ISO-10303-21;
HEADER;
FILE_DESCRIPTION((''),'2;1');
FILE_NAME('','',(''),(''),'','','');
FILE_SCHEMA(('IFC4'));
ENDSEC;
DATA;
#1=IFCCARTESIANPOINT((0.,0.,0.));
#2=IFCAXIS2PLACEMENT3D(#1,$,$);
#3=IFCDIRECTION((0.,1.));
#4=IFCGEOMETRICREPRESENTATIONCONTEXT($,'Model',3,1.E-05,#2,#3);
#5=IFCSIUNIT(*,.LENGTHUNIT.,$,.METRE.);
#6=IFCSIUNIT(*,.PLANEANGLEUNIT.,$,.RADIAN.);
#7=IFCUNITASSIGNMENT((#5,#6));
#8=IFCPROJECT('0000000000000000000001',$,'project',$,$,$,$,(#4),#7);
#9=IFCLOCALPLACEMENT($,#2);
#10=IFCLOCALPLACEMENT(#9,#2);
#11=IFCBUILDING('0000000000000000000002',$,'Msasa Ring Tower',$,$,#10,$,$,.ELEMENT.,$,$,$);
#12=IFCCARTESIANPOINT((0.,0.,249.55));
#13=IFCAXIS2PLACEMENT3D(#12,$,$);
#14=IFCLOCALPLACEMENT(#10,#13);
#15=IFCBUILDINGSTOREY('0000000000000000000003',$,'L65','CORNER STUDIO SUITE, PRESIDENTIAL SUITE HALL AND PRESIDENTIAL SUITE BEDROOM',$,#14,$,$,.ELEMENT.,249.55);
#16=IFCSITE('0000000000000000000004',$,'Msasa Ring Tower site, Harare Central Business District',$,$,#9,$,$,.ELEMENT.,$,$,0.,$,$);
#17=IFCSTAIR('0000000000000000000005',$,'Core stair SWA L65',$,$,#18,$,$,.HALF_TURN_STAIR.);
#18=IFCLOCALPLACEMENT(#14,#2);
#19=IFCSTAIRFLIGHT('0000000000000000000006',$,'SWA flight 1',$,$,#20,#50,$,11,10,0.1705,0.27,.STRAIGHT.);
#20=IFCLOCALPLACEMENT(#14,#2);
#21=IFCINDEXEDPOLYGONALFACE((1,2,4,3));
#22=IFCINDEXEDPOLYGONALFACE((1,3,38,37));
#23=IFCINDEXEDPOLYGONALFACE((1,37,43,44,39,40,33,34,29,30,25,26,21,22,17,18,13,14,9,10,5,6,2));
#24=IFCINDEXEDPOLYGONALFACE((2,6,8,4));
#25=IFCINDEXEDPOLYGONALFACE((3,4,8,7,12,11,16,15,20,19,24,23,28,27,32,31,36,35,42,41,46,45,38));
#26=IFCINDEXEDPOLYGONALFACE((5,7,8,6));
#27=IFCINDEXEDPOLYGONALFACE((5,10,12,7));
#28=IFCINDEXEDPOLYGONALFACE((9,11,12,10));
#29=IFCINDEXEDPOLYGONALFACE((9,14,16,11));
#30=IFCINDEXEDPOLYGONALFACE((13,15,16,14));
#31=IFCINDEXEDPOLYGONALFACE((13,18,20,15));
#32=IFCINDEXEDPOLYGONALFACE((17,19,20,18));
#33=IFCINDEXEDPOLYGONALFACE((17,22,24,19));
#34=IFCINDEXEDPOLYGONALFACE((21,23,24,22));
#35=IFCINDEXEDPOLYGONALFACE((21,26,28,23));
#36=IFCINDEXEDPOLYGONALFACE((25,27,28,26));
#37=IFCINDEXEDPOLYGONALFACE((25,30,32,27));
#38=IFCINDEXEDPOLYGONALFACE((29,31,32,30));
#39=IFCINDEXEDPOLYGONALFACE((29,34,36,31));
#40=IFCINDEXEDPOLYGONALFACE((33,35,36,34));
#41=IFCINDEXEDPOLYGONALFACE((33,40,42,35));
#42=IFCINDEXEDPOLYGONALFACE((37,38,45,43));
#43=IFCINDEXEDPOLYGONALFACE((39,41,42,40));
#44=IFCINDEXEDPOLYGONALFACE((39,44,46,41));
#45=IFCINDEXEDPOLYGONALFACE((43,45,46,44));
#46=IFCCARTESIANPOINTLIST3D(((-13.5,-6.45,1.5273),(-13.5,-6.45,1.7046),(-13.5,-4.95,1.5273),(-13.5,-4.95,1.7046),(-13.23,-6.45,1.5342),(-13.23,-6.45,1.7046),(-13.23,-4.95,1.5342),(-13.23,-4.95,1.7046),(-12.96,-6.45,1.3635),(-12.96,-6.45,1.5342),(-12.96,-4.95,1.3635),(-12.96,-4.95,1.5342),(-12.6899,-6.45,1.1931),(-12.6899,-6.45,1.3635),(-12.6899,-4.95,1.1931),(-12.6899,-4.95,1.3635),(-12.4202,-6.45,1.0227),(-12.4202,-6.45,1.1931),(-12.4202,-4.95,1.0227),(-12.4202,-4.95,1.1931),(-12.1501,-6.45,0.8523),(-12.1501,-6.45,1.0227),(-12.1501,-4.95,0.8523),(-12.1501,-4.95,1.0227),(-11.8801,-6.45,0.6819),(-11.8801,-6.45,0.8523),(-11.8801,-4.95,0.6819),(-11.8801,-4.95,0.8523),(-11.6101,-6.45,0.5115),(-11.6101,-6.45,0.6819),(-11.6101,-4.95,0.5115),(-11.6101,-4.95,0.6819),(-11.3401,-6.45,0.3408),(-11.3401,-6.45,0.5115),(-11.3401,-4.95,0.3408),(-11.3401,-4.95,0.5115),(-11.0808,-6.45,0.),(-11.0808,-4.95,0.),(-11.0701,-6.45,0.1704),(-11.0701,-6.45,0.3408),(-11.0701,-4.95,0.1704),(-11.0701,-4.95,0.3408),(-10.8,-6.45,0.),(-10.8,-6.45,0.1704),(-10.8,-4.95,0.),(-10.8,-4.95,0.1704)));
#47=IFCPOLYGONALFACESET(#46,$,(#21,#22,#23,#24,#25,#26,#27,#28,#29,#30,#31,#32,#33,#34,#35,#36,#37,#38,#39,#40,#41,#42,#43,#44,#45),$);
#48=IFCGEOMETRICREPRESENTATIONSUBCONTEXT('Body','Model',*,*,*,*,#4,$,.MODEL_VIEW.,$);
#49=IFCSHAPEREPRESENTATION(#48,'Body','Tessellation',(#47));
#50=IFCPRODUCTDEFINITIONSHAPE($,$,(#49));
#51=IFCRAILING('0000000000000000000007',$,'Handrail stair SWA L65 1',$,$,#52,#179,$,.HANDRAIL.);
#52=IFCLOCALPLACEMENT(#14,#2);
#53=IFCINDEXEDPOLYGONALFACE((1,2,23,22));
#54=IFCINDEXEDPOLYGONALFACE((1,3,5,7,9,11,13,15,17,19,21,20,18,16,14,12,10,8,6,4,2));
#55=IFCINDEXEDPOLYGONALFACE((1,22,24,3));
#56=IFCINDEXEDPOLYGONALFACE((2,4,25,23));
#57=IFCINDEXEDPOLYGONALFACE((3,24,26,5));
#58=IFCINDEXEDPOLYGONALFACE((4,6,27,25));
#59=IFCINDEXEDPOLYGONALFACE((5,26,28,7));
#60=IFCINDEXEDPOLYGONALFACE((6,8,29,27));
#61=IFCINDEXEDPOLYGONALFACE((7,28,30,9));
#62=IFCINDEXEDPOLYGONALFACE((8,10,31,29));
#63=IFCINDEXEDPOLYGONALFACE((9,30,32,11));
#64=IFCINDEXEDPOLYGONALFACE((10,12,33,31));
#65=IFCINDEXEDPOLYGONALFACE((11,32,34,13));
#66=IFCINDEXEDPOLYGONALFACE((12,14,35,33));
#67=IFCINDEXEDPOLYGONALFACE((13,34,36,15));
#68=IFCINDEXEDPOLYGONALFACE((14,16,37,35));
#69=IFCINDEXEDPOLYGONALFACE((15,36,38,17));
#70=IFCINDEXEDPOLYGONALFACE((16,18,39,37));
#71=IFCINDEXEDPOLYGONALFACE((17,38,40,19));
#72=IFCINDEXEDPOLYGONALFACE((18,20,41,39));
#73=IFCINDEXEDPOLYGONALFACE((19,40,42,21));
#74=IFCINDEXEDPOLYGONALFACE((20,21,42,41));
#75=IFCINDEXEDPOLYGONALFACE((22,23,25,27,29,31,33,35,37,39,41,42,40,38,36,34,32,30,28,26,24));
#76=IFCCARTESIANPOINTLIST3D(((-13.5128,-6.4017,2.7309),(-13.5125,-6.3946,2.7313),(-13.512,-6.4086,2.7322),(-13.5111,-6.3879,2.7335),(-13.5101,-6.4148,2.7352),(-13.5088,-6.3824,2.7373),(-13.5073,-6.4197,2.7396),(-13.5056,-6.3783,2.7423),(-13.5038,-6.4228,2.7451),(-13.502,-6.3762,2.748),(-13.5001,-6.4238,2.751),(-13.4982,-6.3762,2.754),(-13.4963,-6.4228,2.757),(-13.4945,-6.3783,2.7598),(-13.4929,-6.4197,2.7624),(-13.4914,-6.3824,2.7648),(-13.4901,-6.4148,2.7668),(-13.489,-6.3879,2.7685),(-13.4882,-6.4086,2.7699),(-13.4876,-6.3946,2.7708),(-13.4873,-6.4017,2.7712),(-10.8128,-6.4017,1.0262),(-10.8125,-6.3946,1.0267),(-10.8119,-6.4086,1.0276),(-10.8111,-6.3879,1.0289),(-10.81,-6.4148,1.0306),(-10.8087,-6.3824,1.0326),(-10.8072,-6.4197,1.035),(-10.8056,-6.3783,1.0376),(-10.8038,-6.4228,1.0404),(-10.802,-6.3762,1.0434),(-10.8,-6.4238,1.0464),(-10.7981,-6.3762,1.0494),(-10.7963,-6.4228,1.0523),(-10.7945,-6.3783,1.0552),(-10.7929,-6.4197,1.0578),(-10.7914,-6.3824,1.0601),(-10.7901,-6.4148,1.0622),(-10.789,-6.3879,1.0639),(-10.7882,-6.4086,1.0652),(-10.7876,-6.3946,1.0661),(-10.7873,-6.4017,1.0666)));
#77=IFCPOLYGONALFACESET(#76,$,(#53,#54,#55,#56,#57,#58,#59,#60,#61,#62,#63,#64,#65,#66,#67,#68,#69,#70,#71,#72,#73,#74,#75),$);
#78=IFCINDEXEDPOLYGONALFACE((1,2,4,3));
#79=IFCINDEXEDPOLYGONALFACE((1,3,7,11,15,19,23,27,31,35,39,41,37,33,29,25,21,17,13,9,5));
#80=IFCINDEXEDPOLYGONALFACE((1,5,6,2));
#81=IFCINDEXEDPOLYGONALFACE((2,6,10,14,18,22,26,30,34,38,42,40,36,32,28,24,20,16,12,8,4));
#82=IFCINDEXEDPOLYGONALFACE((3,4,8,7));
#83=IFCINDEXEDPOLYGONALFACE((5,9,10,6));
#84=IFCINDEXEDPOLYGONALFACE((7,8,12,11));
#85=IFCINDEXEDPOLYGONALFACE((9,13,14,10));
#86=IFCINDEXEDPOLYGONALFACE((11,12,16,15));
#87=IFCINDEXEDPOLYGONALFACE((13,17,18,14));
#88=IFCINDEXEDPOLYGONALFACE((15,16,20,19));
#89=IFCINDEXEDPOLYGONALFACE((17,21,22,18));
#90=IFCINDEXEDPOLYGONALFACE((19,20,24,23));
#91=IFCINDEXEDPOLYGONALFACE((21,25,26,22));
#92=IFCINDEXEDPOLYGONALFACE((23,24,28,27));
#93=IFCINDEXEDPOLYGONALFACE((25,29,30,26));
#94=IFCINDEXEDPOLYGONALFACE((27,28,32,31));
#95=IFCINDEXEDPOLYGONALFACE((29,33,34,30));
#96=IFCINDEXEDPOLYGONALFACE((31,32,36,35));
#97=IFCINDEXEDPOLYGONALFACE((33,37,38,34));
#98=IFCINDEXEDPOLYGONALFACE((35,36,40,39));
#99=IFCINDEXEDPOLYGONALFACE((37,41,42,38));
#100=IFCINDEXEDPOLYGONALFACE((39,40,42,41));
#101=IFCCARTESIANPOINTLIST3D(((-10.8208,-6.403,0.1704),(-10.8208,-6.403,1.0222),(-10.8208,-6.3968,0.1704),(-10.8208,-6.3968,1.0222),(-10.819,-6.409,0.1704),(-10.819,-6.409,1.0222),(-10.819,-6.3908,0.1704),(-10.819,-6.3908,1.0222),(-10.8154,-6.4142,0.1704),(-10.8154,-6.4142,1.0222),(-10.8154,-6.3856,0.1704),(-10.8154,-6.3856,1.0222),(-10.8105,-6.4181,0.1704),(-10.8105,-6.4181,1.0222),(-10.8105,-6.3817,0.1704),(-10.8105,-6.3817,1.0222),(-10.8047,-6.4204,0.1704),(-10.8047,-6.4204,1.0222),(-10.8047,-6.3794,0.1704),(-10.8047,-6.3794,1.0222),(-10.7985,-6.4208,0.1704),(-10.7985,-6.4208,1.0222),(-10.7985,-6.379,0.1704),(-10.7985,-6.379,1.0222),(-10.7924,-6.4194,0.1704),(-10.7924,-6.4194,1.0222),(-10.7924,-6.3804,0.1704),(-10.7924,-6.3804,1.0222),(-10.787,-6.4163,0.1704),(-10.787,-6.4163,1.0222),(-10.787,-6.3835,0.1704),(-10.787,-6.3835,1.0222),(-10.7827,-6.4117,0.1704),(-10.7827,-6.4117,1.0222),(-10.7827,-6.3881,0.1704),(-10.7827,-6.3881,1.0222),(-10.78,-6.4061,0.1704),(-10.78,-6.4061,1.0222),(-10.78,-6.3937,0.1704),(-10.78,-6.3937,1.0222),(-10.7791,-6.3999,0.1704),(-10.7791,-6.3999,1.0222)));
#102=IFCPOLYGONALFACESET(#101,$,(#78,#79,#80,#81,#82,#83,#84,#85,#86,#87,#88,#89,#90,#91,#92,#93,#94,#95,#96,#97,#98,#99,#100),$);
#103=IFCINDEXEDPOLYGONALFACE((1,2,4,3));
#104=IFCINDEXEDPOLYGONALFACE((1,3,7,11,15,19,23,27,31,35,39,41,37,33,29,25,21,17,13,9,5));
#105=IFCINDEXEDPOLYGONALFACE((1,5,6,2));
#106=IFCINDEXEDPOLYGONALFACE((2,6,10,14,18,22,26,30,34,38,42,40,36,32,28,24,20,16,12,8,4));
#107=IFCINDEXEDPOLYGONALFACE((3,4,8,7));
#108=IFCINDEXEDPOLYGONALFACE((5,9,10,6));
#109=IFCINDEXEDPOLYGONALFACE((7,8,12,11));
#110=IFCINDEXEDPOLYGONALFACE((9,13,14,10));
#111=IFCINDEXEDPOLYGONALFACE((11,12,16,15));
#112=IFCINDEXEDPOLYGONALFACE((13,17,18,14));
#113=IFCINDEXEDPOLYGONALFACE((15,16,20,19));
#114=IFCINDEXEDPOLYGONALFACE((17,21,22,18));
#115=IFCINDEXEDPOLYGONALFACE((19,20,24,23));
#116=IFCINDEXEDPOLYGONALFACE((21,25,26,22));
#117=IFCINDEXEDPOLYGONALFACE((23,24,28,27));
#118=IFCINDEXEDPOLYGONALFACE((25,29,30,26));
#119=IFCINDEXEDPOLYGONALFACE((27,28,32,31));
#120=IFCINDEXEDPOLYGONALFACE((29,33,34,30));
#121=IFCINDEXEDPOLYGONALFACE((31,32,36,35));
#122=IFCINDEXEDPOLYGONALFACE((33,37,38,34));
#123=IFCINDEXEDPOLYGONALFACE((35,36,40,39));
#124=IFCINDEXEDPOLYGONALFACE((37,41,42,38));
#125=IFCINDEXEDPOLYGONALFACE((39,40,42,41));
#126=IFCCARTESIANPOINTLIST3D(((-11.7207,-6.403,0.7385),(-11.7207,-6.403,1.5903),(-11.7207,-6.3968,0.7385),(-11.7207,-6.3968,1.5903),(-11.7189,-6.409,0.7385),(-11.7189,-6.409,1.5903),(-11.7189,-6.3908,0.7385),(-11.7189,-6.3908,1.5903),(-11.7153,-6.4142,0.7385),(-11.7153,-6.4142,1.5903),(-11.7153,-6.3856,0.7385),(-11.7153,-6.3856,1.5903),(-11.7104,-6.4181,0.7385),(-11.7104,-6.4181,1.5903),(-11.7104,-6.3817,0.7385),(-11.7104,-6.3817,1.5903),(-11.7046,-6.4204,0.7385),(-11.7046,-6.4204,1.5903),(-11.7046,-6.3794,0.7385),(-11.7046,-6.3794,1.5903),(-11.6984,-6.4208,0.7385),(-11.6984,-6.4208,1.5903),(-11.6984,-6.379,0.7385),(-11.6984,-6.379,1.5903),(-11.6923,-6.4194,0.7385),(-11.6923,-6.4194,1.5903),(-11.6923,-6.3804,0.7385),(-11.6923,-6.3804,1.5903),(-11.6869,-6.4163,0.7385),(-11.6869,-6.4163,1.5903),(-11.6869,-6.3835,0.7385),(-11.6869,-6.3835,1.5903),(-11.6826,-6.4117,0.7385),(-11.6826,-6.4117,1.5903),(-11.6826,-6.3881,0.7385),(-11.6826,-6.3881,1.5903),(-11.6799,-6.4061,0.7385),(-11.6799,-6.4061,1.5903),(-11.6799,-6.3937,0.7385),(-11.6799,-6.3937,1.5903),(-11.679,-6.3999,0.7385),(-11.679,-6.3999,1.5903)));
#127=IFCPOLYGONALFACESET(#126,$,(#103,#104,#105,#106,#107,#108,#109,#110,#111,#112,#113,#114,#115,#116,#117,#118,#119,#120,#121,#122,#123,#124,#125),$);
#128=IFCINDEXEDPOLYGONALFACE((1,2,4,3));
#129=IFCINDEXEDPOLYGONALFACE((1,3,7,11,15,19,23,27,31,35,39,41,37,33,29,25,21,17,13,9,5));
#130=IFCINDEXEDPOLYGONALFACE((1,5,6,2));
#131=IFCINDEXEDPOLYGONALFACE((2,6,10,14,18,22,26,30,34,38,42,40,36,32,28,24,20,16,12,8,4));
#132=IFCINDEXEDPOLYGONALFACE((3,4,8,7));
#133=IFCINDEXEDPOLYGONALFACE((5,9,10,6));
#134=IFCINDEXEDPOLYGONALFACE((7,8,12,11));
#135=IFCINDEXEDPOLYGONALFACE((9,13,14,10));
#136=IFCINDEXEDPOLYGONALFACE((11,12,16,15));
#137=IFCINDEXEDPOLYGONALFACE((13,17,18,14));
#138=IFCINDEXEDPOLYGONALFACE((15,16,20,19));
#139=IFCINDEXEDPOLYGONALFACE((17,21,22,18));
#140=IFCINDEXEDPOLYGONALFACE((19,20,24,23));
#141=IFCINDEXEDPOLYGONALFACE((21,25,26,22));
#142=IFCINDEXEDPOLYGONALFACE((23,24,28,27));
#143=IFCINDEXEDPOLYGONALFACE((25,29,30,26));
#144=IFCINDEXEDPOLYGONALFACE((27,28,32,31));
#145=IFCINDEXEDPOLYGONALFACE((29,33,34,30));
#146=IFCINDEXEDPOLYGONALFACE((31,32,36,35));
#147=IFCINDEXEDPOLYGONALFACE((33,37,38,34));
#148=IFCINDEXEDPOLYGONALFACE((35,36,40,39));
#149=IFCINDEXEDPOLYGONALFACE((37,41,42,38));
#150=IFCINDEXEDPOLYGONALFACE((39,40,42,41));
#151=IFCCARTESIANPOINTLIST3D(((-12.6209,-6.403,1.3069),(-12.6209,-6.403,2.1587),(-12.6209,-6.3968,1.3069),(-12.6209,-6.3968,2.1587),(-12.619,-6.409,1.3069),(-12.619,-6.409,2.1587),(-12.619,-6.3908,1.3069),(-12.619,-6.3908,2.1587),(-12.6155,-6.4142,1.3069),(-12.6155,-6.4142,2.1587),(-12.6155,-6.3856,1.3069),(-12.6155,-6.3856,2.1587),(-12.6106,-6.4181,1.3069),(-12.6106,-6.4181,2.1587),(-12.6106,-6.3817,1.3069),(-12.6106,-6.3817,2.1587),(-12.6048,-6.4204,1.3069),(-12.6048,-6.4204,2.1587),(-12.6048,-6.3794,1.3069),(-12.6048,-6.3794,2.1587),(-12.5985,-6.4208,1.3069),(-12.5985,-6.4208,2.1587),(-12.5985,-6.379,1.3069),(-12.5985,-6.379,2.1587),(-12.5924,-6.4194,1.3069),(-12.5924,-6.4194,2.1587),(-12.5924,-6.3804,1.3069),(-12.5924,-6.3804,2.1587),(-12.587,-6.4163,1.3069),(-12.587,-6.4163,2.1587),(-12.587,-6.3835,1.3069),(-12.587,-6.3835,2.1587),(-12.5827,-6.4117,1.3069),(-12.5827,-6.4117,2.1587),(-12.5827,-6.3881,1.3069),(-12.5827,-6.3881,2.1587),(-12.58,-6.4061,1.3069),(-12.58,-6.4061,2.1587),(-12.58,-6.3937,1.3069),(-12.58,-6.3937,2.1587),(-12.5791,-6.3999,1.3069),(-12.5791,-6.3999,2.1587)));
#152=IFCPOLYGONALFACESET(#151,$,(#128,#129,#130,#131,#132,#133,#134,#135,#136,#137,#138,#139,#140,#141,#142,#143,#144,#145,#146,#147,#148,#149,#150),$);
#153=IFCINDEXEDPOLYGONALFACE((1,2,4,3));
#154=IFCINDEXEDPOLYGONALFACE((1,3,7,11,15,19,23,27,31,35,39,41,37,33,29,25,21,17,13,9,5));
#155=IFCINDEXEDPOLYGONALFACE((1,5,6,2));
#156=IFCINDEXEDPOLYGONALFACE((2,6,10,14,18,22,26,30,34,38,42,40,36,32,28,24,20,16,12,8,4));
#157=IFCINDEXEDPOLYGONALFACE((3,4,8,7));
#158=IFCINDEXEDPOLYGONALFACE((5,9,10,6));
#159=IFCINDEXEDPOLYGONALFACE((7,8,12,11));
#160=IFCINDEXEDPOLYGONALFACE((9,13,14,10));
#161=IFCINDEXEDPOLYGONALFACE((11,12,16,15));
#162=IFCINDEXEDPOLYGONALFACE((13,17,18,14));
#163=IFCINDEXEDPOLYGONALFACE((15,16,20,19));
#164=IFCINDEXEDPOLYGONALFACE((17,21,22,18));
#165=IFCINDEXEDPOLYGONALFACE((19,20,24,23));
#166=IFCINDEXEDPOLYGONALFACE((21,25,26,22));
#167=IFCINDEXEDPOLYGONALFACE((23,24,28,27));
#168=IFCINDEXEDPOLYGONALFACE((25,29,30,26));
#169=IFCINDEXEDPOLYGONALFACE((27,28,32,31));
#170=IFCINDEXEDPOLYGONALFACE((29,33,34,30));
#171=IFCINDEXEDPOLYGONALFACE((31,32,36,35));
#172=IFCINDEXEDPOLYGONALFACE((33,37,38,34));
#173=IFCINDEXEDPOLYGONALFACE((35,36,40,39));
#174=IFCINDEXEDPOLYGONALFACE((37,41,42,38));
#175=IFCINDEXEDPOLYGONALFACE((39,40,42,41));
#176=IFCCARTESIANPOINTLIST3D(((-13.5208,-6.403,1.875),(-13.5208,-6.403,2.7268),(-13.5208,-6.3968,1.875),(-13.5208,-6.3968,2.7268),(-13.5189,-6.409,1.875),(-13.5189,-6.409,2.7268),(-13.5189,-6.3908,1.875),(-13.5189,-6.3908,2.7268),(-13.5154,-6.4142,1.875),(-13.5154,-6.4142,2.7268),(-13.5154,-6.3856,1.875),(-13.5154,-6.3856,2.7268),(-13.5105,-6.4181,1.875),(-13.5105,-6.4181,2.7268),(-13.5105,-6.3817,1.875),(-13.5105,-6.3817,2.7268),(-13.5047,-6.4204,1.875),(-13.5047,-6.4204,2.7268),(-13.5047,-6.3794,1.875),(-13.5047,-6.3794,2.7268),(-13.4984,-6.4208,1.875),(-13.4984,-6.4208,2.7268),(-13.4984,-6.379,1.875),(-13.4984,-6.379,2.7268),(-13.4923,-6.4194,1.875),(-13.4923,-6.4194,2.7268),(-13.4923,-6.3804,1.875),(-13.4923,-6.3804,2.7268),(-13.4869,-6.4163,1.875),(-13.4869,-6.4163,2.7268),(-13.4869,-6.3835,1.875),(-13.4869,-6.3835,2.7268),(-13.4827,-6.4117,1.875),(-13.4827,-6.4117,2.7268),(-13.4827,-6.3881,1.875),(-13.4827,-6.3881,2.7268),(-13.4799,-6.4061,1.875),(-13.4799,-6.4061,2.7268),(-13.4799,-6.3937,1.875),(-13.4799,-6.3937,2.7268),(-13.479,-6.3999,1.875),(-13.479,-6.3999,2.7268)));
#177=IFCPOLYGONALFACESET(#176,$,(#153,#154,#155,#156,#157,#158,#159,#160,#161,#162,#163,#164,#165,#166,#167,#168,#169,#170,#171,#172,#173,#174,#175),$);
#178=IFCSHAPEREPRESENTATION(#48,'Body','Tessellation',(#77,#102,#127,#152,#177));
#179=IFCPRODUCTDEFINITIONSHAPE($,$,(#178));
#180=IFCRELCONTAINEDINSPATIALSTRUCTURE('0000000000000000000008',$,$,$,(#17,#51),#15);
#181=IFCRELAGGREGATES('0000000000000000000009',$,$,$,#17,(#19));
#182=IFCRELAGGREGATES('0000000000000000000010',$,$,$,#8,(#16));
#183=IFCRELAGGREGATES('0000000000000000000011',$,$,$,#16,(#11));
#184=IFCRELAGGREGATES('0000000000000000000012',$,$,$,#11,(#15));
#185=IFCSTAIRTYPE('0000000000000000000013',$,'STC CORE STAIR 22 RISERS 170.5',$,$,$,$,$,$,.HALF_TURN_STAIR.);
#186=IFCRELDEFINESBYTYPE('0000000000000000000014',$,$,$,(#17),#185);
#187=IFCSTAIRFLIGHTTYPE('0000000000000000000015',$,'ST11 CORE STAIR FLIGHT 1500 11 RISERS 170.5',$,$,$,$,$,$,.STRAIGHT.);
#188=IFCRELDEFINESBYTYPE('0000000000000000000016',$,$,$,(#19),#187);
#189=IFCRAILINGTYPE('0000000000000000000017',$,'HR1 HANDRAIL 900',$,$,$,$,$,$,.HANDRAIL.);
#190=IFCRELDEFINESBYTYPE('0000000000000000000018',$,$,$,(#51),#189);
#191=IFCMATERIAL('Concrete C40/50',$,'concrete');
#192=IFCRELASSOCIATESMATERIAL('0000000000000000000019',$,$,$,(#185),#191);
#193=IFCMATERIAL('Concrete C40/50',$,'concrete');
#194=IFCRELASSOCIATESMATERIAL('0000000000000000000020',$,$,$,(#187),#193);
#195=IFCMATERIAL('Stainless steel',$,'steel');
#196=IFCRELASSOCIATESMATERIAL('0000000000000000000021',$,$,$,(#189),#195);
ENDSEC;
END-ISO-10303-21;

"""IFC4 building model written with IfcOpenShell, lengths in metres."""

from ifc_helpers import new_model, si_unit, direction, frame, origin, origin_2d, place, context, subcontext, project, spatial, polyline, circle, outline, extrude, material, type_object, element, aggregate, save


model = new_model("IFC4")

# Units and contexts
model_context = context("Model", 3, precision=1e-05, world=origin(), true_north=direction((0.0, 1.0)))
body_context = subcontext(model_context, "Body", "Model", "MODEL_VIEW")
ifc_project = project(units=[si_unit("LENGTHUNIT", "METRE"), si_unit("PLANEANGLEUNIT", "RADIAN")], contexts=[model_context])

# Site, building, storey
site_placement = place(None, origin())
site = spatial("IfcSite", under=ifc_project, at=site_placement, Name="Msasa Ring Tower site, Harare Central Business District", CompositionType="ELEMENT", RefElevation=0.0)
building_placement = place(site_placement, origin())
building = spatial("IfcBuilding", under=site, at=building_placement, Name="Msasa Ring Tower", CompositionType="ELEMENT")
storey_placement = place(building_placement, frame((0.0, 0.0, 249.55)))
storey = spatial("IfcBuildingStorey", under=building, at=storey_placement, Name="L65", Description="CORNER STUDIO SUITE, PRESIDENTIAL SUITE HALL AND PRESIDENTIAL SUITE BEDROOM", CompositionType="ELEMENT", Elevation=249.55)

# Stair, stair flight
ifc_material_1 = material(Name="Concrete C40/50", Category="concrete")
stair_type = type_object("IfcStairType", Name="STC CORE STAIR 22 RISERS 170.5", PredefinedType="HALF_TURN_STAIR", material=ifc_material_1)
stair_placement = place(storey_placement, origin())
stair = element("IfcStair", 1, at=stair_placement, inside=storey, type_object=stair_type, Name="Core stair SWA L65", PredefinedType="HALF_TURN_STAIR")
ifc_material_2 = material(Name="Concrete C40/50", Category="concrete")
stair_flight_type = type_object("IfcStairFlightType", Name="ST11 CORE STAIR FLIGHT 1500 11 RISERS 170.5", PredefinedType="STRAIGHT", material=ifc_material_2)
stair_flight_placement = place(storey_placement, frame((-10.8, -5.7, 0.0), z_axis=(0.0, 0.0, 1.0), x_axis=(-1.0, 0.0, 0.0)))
stair_flight = element("IfcStairFlight", 2, at=stair_flight_placement, type_object=stair_flight_type, Name="SWA flight 1", NumberOfRisers=11, NumberOfTreads=10, PredefinedType="STRAIGHT", RiserHeight=0.1705, TreadLength=0.27, context=body_context, shape_type="SweptSolid", body=[
    extrude(outline(polyline([(0.0, 0.0), (0.0, 0.1704), (0.27, 0.1704), (0.27, 0.3408), (0.54, 0.3408), (0.54, 0.5115), (0.8101, 0.5115), (0.8101, 0.6819), (1.0801, 0.6819), (1.0801, 0.8523), (1.3501, 0.8523), (1.3501, 1.0227), (1.6201, 1.0227), (1.6201, 1.1931), (1.8899, 1.1931), (1.8899, 1.3635), (2.1599, 1.3635), (2.1599, 1.5342), (2.4299, 1.5342), (2.4299, 1.7046), (2.7, 1.7046), (2.7, 1.875), (2.7, 1.5273), (0.2808, 0.0), (0.0, 0.0)])), frame((0.0, 0.75, 0.0), z_axis=(0.0, -1.0, 0.0), x_axis=(1.0, 0.0, 0.0)), (0.0, 0.0, 1.0), 1.5),
])
aggregate(stair, [stair_flight])

# Railing
ifc_material_3 = material(Name="Stainless steel", Category="steel")
railing_type = type_object("IfcRailingType", Name="HR1 HANDRAIL 900", PredefinedType="HANDRAIL", material=ifc_material_3)
for number, where, name in (
    (3, (-10.8, -6.3999, 0.1704), "Handrail stair SWA L65 1"),
):
    element("IfcRailing", number, at=place(storey_placement, frame(where)), inside=storey, type_object=railing_type, Name=name, PredefinedType="HANDRAIL", context=body_context, shape_type="SweptSolid", body=[
        extrude(circle(Radius=0.0239, at=origin_2d()), frame((0.0, 0.0, 0.876), z_axis=(-0.84558, 0.0, 0.533849), x_axis=(0.0, -1.0, 0.0)), (0.0, 0.0, 1.0), 3.1931),
        extrude(circle(Radius=0.021, at=origin_2d()), origin(), (0.0, 0.0, 1.0), 0.8518),
        extrude(circle(Radius=0.021, at=origin_2d()), frame((-0.8999, 0.0, 0.5681)), (0.0, 0.0, 1.0), 0.8518),
        extrude(circle(Radius=0.021, at=origin_2d()), frame((-1.8, 0.0, 1.1365)), (0.0, 0.0, 1.0), 0.8518),
        extrude(circle(Radius=0.021, at=origin_2d()), frame((-2.7, 0.0, 1.7046)), (0.0, 0.0, 1.0), 0.8518),
    ])

save(model, "model.ifc")
